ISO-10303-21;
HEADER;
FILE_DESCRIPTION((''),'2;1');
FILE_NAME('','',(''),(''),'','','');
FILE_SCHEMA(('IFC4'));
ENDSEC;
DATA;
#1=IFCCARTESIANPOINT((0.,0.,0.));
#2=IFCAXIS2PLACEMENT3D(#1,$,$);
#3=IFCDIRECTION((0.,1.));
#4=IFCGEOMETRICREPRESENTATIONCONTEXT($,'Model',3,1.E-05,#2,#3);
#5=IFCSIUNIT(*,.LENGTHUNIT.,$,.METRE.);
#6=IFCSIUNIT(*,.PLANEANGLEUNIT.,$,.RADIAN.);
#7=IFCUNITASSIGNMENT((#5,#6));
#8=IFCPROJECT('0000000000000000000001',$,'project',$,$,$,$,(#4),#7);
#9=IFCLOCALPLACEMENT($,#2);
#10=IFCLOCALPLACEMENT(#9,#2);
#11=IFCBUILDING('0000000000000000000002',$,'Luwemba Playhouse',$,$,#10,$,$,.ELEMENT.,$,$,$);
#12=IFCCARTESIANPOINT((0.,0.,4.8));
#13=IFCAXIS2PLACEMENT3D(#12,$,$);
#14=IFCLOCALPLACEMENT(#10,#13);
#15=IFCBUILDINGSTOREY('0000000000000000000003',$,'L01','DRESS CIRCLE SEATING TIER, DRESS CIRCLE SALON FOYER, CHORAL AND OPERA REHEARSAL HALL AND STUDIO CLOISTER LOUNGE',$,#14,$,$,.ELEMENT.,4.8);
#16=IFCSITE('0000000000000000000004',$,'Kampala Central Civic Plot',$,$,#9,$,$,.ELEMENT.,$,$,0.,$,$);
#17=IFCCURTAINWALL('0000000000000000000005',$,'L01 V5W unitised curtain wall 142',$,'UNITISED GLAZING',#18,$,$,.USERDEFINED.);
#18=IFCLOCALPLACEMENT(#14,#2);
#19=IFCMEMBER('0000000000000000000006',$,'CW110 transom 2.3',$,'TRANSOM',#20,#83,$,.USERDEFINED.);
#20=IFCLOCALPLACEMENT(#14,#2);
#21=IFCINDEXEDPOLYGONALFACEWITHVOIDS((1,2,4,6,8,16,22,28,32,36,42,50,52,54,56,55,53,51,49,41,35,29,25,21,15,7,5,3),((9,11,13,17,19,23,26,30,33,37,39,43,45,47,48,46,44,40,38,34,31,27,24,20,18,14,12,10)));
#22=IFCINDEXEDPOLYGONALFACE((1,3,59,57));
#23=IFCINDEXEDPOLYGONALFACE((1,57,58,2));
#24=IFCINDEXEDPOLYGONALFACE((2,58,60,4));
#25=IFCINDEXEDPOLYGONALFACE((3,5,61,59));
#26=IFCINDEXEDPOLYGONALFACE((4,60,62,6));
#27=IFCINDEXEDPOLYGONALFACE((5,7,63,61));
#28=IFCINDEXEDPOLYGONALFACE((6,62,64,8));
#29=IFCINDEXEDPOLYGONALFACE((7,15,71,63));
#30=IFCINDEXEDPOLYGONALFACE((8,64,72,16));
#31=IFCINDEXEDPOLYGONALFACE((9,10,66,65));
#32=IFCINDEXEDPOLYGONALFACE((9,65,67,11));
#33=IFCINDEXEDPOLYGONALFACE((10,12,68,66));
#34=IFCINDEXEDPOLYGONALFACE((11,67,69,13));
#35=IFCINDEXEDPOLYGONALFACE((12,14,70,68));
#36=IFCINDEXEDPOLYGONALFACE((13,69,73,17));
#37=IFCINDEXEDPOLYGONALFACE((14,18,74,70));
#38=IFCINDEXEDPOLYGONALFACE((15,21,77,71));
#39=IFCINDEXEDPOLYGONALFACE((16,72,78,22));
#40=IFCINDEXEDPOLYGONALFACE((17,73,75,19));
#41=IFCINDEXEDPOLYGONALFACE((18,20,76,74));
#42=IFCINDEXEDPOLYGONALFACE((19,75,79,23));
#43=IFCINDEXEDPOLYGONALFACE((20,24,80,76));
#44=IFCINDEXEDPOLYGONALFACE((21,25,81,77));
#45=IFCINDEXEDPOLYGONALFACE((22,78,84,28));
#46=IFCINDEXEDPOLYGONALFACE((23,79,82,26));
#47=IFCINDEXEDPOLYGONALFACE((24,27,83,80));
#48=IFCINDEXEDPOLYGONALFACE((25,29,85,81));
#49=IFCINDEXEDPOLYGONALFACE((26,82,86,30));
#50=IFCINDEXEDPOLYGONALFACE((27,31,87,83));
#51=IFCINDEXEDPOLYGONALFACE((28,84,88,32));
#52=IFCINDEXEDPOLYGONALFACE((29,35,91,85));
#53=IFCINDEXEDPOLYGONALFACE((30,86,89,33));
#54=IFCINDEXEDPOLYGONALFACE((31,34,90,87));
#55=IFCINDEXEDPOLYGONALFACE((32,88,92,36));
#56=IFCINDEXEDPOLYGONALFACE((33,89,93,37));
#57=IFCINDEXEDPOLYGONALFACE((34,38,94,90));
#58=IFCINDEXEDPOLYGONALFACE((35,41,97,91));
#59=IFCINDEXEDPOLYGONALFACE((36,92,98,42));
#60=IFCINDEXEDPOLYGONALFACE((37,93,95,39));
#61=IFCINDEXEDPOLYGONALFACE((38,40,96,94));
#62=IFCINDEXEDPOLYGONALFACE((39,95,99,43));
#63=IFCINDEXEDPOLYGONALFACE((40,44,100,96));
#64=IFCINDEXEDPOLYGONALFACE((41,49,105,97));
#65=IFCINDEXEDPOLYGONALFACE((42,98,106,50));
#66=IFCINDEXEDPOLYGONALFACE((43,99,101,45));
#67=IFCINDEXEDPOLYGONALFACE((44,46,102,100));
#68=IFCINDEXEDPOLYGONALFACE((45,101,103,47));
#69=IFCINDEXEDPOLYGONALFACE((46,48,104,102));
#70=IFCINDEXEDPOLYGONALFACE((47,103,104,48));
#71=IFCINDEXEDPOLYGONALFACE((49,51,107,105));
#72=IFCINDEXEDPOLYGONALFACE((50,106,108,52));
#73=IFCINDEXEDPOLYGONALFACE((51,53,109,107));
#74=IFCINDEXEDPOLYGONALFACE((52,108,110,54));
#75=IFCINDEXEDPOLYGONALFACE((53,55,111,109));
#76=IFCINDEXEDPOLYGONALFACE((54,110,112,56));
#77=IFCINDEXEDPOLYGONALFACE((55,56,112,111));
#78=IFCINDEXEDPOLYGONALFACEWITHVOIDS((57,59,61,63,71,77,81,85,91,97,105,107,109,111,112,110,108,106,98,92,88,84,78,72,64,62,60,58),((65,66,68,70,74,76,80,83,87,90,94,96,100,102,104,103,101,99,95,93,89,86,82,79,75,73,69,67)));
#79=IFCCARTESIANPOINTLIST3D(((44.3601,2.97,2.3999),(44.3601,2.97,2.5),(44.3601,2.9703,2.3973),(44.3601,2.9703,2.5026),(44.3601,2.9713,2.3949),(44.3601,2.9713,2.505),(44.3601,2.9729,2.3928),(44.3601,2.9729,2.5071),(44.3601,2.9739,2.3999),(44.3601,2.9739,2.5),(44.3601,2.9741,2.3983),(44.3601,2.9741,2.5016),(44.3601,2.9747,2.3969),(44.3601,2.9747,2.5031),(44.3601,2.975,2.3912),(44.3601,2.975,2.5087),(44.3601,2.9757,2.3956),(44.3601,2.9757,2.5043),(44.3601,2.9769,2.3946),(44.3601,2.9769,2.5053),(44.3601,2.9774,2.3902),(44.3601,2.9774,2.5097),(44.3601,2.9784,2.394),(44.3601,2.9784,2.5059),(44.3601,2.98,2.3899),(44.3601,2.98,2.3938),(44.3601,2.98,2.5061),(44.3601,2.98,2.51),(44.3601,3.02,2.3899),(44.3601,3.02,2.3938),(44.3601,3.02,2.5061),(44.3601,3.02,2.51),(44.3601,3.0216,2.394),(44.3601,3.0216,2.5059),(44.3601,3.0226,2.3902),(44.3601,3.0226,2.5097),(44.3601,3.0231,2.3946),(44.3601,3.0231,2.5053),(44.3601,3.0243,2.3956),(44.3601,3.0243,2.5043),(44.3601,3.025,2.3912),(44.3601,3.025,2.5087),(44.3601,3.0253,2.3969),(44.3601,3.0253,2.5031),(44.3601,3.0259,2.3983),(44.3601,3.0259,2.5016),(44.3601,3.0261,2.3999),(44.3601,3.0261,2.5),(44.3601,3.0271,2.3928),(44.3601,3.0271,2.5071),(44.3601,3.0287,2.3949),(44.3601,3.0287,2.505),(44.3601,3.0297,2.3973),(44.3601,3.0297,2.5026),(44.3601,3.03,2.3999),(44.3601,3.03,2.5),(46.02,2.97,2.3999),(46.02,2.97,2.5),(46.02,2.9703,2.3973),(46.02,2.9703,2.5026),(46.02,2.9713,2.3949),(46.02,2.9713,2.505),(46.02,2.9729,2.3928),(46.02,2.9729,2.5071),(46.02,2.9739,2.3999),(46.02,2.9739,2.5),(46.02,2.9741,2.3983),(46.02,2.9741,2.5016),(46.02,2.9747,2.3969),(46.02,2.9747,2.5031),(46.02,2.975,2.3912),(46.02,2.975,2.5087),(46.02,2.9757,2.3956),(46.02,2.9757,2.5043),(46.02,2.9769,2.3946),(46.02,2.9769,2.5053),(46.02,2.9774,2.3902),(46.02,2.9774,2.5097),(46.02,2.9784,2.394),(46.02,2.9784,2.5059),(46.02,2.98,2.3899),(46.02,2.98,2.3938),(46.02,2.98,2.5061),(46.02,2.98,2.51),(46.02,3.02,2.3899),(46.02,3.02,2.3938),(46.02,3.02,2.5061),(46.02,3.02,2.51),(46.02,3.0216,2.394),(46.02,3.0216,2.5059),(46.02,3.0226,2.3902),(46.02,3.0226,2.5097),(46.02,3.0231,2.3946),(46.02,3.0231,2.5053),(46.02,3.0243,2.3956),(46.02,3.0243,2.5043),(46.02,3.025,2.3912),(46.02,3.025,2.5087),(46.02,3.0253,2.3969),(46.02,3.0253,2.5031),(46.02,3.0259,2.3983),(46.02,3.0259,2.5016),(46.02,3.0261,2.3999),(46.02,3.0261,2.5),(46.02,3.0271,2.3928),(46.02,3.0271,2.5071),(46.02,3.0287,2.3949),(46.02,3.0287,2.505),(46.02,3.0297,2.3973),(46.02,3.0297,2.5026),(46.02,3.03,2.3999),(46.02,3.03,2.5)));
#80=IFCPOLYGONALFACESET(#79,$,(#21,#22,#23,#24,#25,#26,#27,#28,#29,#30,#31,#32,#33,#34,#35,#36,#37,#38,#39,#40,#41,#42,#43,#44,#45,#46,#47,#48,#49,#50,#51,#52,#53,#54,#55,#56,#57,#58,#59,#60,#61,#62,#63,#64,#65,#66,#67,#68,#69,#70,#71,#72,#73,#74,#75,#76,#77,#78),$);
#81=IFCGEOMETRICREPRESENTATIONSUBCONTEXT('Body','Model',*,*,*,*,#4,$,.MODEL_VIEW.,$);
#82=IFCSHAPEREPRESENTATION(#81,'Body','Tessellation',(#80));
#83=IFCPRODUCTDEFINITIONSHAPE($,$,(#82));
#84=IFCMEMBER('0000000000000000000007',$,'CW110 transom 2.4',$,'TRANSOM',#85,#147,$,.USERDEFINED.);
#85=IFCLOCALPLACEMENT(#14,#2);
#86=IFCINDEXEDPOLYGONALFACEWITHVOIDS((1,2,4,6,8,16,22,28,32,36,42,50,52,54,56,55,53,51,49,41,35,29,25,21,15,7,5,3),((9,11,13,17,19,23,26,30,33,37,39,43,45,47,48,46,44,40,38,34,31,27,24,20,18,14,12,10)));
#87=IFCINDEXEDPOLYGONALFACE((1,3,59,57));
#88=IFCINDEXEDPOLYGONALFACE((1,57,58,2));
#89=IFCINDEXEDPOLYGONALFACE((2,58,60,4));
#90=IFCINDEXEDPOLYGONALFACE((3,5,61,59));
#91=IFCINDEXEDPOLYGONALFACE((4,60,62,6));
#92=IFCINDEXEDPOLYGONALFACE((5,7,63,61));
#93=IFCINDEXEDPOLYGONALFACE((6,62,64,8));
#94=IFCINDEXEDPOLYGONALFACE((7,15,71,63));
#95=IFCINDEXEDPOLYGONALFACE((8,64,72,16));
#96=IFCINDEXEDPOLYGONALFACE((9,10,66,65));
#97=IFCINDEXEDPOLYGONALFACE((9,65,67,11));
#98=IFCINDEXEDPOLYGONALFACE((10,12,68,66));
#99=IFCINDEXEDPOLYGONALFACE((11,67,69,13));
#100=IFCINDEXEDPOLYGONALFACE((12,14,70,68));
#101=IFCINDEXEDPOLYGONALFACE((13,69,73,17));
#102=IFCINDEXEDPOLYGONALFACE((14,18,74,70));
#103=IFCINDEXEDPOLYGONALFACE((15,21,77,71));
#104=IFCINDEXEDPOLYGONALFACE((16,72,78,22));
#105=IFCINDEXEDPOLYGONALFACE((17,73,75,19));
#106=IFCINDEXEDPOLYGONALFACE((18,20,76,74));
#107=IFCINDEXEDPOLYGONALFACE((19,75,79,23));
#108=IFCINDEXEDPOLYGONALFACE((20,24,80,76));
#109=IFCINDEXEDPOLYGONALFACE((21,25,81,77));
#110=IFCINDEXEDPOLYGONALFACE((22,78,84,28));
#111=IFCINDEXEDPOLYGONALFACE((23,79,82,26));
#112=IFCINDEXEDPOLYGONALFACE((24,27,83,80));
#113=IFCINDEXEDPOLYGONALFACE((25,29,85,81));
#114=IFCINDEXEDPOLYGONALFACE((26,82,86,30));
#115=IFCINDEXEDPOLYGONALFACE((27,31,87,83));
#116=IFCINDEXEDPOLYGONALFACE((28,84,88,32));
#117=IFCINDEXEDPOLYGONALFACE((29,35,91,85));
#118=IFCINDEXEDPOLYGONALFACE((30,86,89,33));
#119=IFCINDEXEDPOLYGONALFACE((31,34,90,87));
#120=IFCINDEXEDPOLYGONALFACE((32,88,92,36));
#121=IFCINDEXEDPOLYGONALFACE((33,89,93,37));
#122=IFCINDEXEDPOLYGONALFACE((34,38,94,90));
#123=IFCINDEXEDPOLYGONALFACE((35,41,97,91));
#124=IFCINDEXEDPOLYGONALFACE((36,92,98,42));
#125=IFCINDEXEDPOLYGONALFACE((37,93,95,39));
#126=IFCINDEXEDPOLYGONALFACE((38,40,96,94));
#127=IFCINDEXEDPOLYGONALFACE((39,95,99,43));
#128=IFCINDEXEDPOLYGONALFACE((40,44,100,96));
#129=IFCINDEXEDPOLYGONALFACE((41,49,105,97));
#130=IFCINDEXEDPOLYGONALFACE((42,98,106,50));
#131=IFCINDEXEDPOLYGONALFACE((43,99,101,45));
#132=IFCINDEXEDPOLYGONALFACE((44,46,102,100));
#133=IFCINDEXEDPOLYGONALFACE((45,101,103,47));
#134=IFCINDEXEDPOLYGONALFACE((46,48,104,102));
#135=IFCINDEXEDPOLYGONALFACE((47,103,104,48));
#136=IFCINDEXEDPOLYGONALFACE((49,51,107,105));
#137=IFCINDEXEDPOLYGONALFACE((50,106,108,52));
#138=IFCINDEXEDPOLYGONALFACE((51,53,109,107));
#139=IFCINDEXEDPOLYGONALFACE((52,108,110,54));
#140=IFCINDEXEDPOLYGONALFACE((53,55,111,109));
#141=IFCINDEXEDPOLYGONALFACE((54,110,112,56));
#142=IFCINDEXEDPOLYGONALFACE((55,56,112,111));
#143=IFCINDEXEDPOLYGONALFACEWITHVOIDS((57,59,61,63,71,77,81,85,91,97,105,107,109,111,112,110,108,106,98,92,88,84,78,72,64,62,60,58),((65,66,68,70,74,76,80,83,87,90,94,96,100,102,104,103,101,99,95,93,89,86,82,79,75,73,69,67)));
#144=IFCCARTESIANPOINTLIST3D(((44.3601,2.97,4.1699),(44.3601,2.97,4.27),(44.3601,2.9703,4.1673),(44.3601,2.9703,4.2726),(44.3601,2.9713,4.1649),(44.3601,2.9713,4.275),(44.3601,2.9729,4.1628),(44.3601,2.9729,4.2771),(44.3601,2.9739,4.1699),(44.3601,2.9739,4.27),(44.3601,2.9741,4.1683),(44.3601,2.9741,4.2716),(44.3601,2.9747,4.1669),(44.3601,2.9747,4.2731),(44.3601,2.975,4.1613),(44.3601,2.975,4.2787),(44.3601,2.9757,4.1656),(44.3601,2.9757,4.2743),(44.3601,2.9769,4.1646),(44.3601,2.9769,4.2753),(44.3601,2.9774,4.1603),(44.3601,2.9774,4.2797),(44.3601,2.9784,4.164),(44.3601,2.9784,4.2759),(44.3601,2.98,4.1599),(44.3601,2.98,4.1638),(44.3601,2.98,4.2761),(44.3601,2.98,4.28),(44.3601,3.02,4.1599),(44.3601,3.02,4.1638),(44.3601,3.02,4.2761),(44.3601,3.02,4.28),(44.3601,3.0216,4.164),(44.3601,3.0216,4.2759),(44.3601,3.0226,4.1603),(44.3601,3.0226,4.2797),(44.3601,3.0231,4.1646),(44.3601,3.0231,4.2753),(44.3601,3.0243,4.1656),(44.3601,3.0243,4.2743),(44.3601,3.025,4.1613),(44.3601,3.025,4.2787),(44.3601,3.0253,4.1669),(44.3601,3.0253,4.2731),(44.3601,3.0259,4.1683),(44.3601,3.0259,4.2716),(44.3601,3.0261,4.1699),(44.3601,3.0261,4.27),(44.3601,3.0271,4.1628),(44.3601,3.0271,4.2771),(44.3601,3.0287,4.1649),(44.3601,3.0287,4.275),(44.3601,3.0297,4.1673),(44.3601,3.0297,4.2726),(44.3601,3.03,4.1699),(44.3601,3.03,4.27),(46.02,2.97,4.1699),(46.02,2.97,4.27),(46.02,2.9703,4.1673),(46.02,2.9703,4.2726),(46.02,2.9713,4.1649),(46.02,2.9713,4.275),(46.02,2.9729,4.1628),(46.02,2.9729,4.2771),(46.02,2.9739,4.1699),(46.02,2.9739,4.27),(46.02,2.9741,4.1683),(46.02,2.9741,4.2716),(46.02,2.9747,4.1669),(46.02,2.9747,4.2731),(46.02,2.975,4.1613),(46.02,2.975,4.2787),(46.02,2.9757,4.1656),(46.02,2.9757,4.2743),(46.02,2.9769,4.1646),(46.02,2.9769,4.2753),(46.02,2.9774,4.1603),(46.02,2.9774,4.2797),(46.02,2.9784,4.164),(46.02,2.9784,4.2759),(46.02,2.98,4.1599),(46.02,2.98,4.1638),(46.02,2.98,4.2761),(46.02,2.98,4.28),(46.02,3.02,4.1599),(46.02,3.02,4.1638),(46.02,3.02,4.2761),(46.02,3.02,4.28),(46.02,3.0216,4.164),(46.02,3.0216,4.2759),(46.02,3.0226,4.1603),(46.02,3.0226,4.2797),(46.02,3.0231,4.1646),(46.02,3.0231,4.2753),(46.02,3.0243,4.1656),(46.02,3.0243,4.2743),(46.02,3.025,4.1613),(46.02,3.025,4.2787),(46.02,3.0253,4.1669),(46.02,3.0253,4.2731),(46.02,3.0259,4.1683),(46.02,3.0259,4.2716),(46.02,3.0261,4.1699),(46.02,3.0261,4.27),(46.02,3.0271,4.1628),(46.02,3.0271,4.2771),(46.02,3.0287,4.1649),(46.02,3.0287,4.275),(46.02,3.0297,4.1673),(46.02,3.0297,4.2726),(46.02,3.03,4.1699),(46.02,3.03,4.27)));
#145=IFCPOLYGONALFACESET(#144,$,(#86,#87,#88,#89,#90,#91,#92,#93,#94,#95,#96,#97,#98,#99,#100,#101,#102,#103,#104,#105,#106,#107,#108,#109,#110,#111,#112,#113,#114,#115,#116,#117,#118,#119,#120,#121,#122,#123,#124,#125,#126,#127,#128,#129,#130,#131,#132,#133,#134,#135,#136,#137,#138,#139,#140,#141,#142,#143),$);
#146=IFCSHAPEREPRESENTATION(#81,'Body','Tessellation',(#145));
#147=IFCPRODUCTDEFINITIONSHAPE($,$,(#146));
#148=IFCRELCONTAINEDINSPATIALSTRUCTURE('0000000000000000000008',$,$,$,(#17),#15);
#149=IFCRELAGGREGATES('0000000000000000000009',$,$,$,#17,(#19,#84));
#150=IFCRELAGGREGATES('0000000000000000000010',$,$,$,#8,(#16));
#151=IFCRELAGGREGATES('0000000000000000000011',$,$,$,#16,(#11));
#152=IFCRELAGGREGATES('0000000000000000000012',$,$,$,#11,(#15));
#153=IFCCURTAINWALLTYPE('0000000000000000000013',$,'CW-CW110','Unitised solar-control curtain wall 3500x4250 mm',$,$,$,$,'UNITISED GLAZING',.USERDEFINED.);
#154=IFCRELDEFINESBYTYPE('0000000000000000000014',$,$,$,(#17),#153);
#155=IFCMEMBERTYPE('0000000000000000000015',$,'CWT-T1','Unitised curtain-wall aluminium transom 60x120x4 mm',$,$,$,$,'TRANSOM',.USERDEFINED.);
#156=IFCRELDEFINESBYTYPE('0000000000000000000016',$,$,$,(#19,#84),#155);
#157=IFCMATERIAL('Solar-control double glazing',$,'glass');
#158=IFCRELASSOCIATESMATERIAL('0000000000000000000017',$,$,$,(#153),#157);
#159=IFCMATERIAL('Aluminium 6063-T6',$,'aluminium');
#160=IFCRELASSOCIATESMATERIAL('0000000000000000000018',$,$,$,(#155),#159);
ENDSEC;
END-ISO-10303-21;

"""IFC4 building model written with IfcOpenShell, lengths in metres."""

from ifc_helpers import new_model, si_unit, direction, frame, origin, origin_2d, place, context, subcontext, project, spatial, hollow_rectangle, extrude, material, material_profile, profile_set, type_object, element, aggregate, save


model = new_model("IFC4")

# Units and contexts
model_context = context("Model", 3, precision=1e-05, world=origin(), true_north=direction((0.0, 1.0)))
body_context = subcontext(model_context, "Body", "Model", "MODEL_VIEW")
ifc_project = project(units=[si_unit("LENGTHUNIT", "METRE"), si_unit("PLANEANGLEUNIT", "RADIAN")], contexts=[model_context])

# Site, building, storey
site_placement = place(None, origin())
site = spatial("IfcSite", under=ifc_project, at=site_placement, Name="Kampala Central Civic Plot", CompositionType="ELEMENT", RefElevation=0.0)
building_placement = place(site_placement, origin())
building = spatial("IfcBuilding", under=site, at=building_placement, Name="Luwemba Playhouse", CompositionType="ELEMENT")
storey_placement = place(building_placement, frame((0.0, 0.0, 4.8)))
storey = spatial("IfcBuildingStorey", under=building, at=storey_placement, Name="L01", Description="DRESS CIRCLE SEATING TIER, DRESS CIRCLE SALON FOYER, CHORAL AND OPERA REHEARSAL HALL AND STUDIO CLOISTER LOUNGE", CompositionType="ELEMENT", Elevation=4.8)

# Curtain wall
ifc_material_1 = material(Name="Solar-control double glazing", Category="glass")
curtain_wall_type_1 = type_object("IfcCurtainWallType", Name="CW-CW110", Description="Unitised solar-control curtain wall 3500x4250 mm", ElementType="UNITISED GLAZING", PredefinedType="USERDEFINED", material=ifc_material_1)
curtain_wall_1_placement = place(storey_placement, origin())
curtain_wall_1 = element("IfcCurtainWall", 1, at=curtain_wall_1_placement, inside=storey, type_object=curtain_wall_type_1, Name="L01 V5W unitised curtain wall 142", ObjectType="UNITISED GLAZING", PredefinedType="USERDEFINED")
ifc_material_2 = material(Name="Aluminium 6063-T6", Category="aluminium")

# Members
ifc_material_profile_1 = material_profile(ifc_material_2, hollow_rectangle(XDim=0.0601, YDim=0.1201, WallThickness=0.0039, InnerFilletRadius=0.0061, OuterFilletRadius=0.01, at=origin_2d()))
ifc_profile_set_1 = profile_set([ifc_material_profile_1], Name="Aluminium 6063-T6")
member_type_1 = type_object("IfcMemberType", Name="CWT-T1", Description="Unitised curtain-wall aluminium transom 60x120x4 mm", ElementType="TRANSOM", PredefinedType="USERDEFINED", material=ifc_profile_set_1)
member_1_placement = place(storey_placement, frame((46.02, 3.0, 2.45), z_axis=(-1.0, 0.0, 0.0), x_axis=(0.0, -1.0, 0.0)))
member_1 = element("IfcMember", 2, at=member_1_placement, type_object=member_type_1, Name="CW110 transom 2.3", ObjectType="TRANSOM", PredefinedType="USERDEFINED", context=body_context, shape_type="SweptSolid", body=[
    extrude(hollow_rectangle(XDim=0.0601, YDim=0.1201, WallThickness=0.0039, InnerFilletRadius=0.0061, OuterFilletRadius=0.01, at=origin_2d()), origin(), (0.0, 0.0, 1.0), 1.6599),
])
member_2_placement = place(storey_placement, frame((46.02, 3.0, 4.22), z_axis=(-1.0, 0.0, 0.0), x_axis=(0.0, -1.0, 0.0)))
member_2 = element("IfcMember", 3, at=member_2_placement, type_object=member_type_1, Name="CW110 transom 2.4", ObjectType="TRANSOM", PredefinedType="USERDEFINED", context=body_context, shape_type="SweptSolid", body=[
    extrude(hollow_rectangle(XDim=0.0601, YDim=0.1201, WallThickness=0.0039, InnerFilletRadius=0.0061, OuterFilletRadius=0.01, at=origin_2d()), origin(), (0.0, 0.0, 1.0), 1.6599),
])

aggregate(curtain_wall_1, [member_1, member_2])

save(model, "model.ifc")
